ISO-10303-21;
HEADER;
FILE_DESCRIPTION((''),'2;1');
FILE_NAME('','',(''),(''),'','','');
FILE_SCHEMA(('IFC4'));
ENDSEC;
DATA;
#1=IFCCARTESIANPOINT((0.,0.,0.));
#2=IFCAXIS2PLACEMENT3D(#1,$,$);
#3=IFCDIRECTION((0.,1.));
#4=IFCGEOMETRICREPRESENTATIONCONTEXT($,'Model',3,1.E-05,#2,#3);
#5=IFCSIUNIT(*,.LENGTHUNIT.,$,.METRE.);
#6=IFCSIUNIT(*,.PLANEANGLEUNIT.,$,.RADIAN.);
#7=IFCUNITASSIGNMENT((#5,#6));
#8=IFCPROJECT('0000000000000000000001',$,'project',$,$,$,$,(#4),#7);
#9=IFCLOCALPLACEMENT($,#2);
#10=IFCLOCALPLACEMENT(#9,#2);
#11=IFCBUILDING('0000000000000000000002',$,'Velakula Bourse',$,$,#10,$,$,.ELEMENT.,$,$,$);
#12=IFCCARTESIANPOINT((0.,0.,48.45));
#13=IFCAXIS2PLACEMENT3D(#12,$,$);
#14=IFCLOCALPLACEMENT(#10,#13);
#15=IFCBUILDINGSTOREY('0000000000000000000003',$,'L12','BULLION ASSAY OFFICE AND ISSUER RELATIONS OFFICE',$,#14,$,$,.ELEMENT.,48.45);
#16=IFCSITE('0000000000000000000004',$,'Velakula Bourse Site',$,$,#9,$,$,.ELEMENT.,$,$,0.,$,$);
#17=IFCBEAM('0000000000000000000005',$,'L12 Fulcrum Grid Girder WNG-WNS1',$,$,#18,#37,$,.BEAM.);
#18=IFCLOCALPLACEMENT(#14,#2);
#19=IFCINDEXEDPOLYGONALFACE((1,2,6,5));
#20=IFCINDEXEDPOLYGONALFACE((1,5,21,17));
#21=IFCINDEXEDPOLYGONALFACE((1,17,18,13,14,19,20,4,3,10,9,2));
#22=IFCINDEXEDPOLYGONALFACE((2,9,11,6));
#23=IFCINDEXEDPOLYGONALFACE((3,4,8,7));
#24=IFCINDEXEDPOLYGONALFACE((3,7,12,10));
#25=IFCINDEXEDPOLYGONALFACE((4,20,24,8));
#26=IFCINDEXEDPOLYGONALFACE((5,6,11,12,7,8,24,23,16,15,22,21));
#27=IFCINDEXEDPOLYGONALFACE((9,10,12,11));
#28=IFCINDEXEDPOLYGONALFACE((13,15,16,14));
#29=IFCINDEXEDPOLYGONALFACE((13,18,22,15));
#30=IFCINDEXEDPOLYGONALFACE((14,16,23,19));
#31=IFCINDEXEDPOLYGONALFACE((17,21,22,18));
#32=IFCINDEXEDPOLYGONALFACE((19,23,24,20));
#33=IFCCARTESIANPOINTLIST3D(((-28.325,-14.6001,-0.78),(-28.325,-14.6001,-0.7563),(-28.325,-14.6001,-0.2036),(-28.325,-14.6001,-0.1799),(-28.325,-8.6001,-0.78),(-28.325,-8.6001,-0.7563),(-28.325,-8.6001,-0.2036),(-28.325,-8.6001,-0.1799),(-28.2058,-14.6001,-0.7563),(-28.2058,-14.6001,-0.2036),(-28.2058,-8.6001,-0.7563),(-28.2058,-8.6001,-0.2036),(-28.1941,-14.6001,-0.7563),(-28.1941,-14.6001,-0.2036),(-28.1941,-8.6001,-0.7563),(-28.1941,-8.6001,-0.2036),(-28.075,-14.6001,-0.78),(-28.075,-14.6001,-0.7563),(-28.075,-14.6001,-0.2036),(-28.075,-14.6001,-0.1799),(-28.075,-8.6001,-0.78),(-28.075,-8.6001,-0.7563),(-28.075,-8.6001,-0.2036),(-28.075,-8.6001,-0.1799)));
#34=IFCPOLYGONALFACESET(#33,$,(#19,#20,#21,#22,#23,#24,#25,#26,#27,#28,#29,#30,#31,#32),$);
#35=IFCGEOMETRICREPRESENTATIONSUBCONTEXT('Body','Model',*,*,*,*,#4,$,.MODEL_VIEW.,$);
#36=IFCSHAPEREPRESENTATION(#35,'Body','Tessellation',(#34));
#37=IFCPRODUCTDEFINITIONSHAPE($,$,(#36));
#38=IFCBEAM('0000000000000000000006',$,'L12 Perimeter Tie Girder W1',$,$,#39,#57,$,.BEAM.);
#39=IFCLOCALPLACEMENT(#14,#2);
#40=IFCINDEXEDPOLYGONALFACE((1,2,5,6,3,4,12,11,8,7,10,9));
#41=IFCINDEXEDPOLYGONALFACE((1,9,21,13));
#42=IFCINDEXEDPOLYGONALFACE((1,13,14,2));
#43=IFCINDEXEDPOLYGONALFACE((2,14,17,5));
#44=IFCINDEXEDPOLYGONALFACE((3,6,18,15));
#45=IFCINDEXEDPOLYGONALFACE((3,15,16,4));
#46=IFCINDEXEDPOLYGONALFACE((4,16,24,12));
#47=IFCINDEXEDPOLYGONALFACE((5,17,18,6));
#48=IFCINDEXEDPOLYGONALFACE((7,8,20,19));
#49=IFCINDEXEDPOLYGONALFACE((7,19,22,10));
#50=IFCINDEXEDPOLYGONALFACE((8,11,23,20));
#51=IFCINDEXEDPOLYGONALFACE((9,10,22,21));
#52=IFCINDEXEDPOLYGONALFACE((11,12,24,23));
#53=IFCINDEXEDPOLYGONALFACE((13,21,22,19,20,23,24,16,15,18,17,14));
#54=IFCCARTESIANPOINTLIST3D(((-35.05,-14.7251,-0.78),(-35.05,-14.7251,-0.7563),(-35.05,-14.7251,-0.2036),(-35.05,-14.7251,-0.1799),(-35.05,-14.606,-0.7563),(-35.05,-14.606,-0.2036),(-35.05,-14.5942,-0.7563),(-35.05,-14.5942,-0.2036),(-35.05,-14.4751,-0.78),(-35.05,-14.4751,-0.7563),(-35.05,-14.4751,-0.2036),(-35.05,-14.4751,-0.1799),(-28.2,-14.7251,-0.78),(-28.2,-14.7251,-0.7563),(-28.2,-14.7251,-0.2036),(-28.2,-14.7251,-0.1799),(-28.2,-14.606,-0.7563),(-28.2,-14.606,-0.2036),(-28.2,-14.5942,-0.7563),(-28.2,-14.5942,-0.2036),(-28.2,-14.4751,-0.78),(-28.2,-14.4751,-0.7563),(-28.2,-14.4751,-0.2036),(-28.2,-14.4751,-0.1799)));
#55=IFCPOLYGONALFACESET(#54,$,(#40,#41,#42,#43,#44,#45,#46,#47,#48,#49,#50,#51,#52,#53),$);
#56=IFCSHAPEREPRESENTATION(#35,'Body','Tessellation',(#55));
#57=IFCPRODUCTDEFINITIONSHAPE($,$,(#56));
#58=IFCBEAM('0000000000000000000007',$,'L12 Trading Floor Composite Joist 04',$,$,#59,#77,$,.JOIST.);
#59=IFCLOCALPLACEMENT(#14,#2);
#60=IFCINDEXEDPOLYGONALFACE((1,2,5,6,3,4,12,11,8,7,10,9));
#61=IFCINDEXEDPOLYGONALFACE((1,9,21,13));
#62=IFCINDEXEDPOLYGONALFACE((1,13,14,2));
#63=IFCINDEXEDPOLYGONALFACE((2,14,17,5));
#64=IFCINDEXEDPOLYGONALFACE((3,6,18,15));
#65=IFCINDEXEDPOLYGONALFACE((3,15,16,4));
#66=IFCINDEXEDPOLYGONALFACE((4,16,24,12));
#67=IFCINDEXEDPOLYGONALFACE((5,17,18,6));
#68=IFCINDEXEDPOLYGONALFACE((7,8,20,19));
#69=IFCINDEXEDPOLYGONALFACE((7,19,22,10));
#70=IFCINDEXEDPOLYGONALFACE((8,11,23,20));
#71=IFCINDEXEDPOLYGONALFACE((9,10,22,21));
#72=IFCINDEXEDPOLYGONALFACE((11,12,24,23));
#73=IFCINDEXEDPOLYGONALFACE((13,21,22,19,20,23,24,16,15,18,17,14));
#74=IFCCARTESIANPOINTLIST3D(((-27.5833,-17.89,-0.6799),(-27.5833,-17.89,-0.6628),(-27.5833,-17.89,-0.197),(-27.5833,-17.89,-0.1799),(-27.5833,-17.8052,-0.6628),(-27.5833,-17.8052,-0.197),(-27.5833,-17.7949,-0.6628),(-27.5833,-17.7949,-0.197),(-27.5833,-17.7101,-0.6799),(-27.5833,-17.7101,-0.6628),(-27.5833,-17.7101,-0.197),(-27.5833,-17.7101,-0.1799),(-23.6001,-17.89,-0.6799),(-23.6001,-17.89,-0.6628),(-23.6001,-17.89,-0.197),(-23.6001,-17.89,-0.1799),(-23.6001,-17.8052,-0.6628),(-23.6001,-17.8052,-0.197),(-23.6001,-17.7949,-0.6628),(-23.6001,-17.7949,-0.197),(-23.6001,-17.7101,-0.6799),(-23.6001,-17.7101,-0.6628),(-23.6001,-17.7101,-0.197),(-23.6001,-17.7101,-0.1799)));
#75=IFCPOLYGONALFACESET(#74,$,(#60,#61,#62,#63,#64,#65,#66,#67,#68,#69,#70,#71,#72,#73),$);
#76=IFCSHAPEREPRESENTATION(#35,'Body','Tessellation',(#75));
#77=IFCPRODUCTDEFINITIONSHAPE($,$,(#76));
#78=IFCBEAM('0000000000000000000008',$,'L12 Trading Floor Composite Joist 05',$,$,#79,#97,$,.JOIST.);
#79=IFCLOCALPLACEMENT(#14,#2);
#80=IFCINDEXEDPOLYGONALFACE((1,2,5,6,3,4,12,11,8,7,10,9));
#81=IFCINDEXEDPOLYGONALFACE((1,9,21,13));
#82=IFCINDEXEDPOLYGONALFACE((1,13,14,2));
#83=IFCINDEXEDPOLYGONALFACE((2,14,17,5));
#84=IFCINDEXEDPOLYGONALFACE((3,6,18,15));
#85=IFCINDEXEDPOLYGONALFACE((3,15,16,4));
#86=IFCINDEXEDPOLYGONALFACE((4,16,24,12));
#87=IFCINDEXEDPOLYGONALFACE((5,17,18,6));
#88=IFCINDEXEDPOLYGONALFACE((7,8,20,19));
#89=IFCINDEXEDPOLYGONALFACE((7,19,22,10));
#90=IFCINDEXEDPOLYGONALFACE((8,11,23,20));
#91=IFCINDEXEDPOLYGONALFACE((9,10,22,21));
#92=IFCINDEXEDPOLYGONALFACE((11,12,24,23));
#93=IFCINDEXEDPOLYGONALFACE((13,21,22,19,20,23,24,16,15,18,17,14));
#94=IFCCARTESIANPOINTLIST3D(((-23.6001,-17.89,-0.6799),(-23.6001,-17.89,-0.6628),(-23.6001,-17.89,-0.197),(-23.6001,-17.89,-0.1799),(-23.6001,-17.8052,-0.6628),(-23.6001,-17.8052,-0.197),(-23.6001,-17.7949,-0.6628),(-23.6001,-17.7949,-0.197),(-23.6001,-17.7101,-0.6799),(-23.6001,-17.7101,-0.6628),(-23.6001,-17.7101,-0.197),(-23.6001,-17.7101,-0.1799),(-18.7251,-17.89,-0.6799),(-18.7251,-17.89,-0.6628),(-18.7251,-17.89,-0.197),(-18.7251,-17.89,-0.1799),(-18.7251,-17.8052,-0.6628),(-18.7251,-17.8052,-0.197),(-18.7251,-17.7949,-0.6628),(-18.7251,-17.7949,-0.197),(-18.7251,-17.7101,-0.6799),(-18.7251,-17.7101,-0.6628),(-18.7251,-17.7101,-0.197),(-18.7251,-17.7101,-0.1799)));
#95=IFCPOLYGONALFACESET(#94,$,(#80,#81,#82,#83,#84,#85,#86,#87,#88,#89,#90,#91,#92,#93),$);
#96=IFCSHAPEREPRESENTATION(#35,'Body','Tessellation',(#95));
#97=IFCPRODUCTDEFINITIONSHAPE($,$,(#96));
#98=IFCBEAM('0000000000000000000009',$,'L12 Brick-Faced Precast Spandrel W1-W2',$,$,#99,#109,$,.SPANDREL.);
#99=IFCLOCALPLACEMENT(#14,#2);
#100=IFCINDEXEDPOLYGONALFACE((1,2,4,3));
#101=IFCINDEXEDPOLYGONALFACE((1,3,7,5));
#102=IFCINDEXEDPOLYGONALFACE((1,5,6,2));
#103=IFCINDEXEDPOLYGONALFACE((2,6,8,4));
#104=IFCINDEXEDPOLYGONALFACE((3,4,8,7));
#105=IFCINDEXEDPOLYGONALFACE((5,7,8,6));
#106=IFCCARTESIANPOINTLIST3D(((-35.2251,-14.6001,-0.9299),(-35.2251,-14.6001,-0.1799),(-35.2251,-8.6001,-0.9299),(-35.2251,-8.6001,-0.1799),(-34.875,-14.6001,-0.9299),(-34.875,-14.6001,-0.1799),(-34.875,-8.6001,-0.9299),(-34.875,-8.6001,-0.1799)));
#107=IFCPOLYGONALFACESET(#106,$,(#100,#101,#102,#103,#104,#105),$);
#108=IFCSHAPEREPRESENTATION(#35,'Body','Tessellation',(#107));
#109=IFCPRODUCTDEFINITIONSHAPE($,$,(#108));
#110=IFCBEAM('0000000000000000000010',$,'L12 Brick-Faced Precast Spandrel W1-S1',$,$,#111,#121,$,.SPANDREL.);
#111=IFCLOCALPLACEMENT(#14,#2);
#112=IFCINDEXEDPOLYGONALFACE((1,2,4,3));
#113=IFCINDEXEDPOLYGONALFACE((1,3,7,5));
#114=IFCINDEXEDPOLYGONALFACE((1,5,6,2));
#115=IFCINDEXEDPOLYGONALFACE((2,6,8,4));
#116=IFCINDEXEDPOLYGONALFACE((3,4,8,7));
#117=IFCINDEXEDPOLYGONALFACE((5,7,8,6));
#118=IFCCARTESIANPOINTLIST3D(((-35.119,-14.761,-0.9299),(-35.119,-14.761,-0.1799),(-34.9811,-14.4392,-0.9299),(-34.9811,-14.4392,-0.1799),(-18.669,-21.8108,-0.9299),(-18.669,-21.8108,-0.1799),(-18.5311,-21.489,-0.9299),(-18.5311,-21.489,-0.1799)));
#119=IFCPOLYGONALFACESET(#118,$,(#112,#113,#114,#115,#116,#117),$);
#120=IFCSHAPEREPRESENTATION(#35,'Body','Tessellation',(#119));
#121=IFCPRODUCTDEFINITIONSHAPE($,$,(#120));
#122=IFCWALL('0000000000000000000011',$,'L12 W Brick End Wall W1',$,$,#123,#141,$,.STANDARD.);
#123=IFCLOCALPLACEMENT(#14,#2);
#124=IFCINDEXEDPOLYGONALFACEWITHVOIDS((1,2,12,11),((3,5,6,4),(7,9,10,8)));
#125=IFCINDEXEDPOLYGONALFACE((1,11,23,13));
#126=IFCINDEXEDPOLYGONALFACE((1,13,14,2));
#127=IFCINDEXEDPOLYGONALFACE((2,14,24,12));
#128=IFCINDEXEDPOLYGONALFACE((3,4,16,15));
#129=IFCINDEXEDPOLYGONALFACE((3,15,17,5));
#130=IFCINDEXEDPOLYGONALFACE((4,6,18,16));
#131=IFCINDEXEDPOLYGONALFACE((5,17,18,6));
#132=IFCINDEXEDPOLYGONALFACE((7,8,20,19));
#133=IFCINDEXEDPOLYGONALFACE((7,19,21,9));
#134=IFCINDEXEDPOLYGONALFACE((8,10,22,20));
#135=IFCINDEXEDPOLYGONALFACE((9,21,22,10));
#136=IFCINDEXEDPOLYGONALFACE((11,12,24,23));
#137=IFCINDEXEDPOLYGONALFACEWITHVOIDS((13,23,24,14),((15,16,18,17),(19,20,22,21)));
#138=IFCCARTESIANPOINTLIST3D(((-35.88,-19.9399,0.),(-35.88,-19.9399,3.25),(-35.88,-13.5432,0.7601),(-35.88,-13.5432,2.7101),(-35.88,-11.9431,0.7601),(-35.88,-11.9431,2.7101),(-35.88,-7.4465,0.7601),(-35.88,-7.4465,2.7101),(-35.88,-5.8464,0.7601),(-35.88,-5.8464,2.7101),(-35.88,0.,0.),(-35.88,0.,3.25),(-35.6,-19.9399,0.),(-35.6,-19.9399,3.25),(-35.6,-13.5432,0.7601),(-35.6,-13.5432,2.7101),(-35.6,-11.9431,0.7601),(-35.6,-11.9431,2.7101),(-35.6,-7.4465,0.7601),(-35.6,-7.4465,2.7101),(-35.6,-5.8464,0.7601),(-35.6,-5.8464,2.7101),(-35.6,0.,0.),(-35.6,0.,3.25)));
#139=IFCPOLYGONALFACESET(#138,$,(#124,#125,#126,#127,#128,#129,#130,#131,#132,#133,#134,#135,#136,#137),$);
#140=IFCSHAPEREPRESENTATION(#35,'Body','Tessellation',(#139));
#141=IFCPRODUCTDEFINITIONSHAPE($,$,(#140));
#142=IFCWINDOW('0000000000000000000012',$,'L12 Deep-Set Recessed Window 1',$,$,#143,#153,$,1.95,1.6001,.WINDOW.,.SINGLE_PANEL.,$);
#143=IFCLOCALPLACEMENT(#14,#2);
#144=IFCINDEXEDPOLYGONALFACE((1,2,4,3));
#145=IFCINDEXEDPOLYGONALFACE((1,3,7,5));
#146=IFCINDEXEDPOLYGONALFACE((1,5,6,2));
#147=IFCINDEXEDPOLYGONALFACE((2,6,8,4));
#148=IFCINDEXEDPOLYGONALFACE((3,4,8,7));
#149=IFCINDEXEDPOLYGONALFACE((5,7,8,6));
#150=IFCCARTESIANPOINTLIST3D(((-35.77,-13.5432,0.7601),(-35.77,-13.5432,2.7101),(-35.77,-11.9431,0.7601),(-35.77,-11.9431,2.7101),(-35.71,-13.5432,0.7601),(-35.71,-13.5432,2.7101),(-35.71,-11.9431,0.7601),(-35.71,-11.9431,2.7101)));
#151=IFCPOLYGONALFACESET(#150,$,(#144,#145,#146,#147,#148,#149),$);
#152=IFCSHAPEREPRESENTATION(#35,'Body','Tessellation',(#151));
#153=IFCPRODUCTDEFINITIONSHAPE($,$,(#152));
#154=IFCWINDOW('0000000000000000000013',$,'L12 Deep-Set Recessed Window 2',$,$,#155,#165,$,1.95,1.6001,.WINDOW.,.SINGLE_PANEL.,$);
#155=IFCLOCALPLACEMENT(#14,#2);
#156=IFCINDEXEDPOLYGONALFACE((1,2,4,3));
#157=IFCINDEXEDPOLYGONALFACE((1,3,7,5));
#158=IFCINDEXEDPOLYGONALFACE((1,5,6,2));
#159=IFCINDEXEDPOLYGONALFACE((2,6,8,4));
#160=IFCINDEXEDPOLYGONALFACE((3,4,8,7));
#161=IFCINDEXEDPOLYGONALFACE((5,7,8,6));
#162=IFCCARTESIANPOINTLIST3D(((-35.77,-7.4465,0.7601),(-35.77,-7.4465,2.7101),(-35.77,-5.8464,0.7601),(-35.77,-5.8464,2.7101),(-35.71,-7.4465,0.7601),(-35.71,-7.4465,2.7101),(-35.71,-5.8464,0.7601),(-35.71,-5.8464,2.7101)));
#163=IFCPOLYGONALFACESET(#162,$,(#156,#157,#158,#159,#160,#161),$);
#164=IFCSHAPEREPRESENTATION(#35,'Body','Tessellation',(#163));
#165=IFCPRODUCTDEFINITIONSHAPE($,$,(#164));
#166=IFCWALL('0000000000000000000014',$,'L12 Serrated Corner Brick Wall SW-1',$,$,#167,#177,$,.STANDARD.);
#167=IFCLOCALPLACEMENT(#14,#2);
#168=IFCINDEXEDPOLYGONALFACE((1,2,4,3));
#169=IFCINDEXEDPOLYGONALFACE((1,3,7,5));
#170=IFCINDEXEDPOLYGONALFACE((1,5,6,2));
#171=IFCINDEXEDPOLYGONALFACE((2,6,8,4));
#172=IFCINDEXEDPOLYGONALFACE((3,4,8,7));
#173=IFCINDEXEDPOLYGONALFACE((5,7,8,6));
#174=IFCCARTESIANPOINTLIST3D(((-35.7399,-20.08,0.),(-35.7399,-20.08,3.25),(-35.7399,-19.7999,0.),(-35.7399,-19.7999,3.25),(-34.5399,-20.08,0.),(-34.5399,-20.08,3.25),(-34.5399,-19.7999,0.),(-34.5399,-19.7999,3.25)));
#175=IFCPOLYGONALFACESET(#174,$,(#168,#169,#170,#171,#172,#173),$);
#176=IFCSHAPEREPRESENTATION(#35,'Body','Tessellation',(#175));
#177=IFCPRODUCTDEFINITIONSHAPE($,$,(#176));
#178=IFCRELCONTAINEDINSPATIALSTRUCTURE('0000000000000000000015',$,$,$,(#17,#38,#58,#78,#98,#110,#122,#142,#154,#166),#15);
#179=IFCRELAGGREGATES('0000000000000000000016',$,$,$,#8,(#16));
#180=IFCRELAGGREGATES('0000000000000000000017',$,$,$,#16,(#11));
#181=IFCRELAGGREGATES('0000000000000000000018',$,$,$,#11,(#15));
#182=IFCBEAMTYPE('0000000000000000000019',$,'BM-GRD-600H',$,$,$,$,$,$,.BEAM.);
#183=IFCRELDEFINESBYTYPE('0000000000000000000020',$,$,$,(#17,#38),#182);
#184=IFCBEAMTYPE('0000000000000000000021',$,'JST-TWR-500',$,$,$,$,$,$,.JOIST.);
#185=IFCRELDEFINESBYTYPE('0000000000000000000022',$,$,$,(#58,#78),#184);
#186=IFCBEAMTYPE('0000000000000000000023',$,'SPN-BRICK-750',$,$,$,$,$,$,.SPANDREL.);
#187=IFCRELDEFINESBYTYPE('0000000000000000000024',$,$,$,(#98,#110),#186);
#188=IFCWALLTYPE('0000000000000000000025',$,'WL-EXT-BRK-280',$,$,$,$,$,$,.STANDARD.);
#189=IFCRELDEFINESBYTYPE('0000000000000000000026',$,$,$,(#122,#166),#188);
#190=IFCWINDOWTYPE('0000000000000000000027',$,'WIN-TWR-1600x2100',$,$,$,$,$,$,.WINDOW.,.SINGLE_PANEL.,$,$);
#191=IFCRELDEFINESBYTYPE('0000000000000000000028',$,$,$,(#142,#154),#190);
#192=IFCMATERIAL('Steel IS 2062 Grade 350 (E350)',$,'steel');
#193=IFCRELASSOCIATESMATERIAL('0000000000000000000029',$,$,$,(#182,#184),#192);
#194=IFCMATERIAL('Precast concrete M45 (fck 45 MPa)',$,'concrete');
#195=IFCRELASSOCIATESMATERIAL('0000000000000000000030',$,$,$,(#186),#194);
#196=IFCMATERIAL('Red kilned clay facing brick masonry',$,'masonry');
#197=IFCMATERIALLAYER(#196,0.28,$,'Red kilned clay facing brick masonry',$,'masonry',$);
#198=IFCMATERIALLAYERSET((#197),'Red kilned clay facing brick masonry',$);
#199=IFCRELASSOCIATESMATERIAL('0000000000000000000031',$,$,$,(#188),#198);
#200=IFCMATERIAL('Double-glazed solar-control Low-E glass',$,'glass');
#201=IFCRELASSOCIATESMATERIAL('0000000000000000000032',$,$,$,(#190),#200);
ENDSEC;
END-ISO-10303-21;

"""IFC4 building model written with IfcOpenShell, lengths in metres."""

from ifc_helpers import new_model, si_unit, direction, frame, frame_2d, origin, origin_2d, place, context, subcontext, project, spatial, rectangle, i_section, extrude, material, layer, layer_set, material_profile, profile_set, type_object, element, fill, save


model = new_model("IFC4")

# Units and contexts
model_context = context("Model", 3, precision=1e-05, world=origin(), true_north=direction((0.0, 1.0)))
body_context = subcontext(model_context, "Body", "Model", "MODEL_VIEW")
ifc_project = project(units=[si_unit("LENGTHUNIT", "METRE"), si_unit("PLANEANGLEUNIT", "RADIAN")], contexts=[model_context])

# Site, building, storey
site_placement = place(None, origin())
site = spatial("IfcSite", under=ifc_project, at=site_placement, Name="Velakula Bourse Site", CompositionType="ELEMENT", RefElevation=0.0)
building_placement = place(site_placement, origin())
building = spatial("IfcBuilding", under=site, at=building_placement, Name="Velakula Bourse", CompositionType="ELEMENT")
storey_placement = place(building_placement, frame((0.0, 0.0, 48.45)))
storey = spatial("IfcBuildingStorey", under=building, at=storey_placement, Name="L12", Description="BULLION ASSAY OFFICE AND ISSUER RELATIONS OFFICE", CompositionType="ELEMENT", Elevation=48.45)

# Shared definitions
ifc_material_1 = material(Name="Precast concrete M45 (fck 45 MPa)", Category="concrete")

# Beams
ifc_material_2 = material(Name="Steel IS 2062 Grade 350 (E350)", Category="steel")
ifc_material_profile_1 = material_profile(ifc_material_2, i_section(OverallWidth=0.25, OverallDepth=0.6001, WebThickness=0.0117, FlangeThickness=0.0237, at=origin_2d()), Name="Steel IS 2062 Grade 350 (E350)")
ifc_profile_set_1 = profile_set([ifc_material_profile_1], Name="Steel IS 2062 Grade 350 (E350)")
beam_type_1 = type_object("IfcBeamType", Name="BM-GRD-600H", PredefinedType="BEAM", material=ifc_profile_set_1)
beam_1_placement = place(storey_placement, frame((-28.2, -14.6001, -0.48), z_axis=(0.0, 1.0, 0.0), x_axis=(-1.0, 0.0, 0.0)))
element("IfcBeam", 1, at=beam_1_placement, inside=storey, type_object=beam_type_1, Name="L12 Fulcrum Grid Girder WNG-WNS1", PredefinedType="BEAM", context=body_context, shape_type="SweptSolid", body=[
    extrude(i_section(OverallWidth=0.25, OverallDepth=0.6001, WebThickness=0.0117, FlangeThickness=0.0237, at=origin_2d()), origin(), (0.0, 0.0, 1.0), 6.0),
])
beam_2_placement = place(storey_placement, frame((-28.2, -14.6001, -0.48), z_axis=(-1.0, 0.0, 0.0), x_axis=(0.0, -1.0, 0.0)))
element("IfcBeam", 2, at=beam_2_placement, inside=storey, type_object=beam_type_1, Name="L12 Perimeter Tie Girder W1", PredefinedType="BEAM", context=body_context, shape_type="SweptSolid", body=[
    extrude(i_section(OverallWidth=0.25, OverallDepth=0.6001, WebThickness=0.0117, FlangeThickness=0.0237, at=origin_2d()), origin(), (0.0, 0.0, 1.0), 6.8501),
])
ifc_material_profile_2 = material_profile(ifc_material_2, i_section(OverallWidth=0.1799, OverallDepth=0.5, WebThickness=0.0103, FlangeThickness=0.0171, at=origin_2d()), Name="Steel IS 2062 Grade 350 (E350)")
ifc_profile_set_2 = profile_set([ifc_material_profile_2], Name="Steel IS 2062 Grade 350 (E350)")
beam_type_2 = type_object("IfcBeamType", Name="JST-TWR-500", PredefinedType="JOIST", material=ifc_profile_set_2)
beam_3_placement = place(storey_placement, frame((-27.5833, -17.8, -0.4299), z_axis=(1.0, 0.0, 0.0), x_axis=(0.0, 1.0, 0.0)))
element("IfcBeam", 3, at=beam_3_placement, inside=storey, type_object=beam_type_2, Name="L12 Trading Floor Composite Joist 04", PredefinedType="JOIST", context=body_context, shape_type="SweptSolid", body=[
    extrude(i_section(OverallWidth=0.1799, OverallDepth=0.5, WebThickness=0.0103, FlangeThickness=0.0171, at=origin_2d()), origin(), (0.0, 0.0, 1.0), 3.9832),
])
beam_4_placement = place(storey_placement, frame((-23.6001, -17.8, -0.4299), z_axis=(1.0, 0.0, 0.0), x_axis=(0.0, 1.0, 0.0)))
element("IfcBeam", 4, at=beam_4_placement, inside=storey, type_object=beam_type_2, Name="L12 Trading Floor Composite Joist 05", PredefinedType="JOIST", context=body_context, shape_type="SweptSolid", body=[
    extrude(i_section(OverallWidth=0.1799, OverallDepth=0.5, WebThickness=0.0103, FlangeThickness=0.0171, at=origin_2d()), origin(), (0.0, 0.0, 1.0), 4.875),
])
ifc_material_profile_3 = material_profile(ifc_material_1, rectangle(XDim=0.3501, YDim=0.75, at=origin_2d()), Name="Precast concrete M45 (fck 45 MPa)")
ifc_profile_set_3 = profile_set([ifc_material_profile_3], Name="Precast concrete M45 (fck 45 MPa)")
beam_type_3 = type_object("IfcBeamType", Name="SPN-BRICK-750", PredefinedType="SPANDREL", material=ifc_profile_set_3)
beam_5_placement = place(storey_placement, frame((-35.05, -14.6001, -0.5549), z_axis=(0.0, 1.0, 0.0), x_axis=(-1.0, 0.0, 0.0)))
element("IfcBeam", 5, at=beam_5_placement, inside=storey, type_object=beam_type_3, Name="L12 Brick-Faced Precast Spandrel W1-W2", PredefinedType="SPANDREL", context=body_context, shape_type="SweptSolid", body=[
    extrude(rectangle(XDim=0.3501, YDim=0.75, at=origin_2d()), origin(), (0.0, 0.0, 1.0), 6.0),
])
beam_6_placement = place(storey_placement, frame((-35.05, -14.6001, -0.5549), z_axis=(0.919149, -0.393911, 0.0), x_axis=(0.393911, 0.919149, 0.0)))
element("IfcBeam", 6, at=beam_6_placement, inside=storey, type_object=beam_type_3, Name="L12 Brick-Faced Precast Spandrel W1-S1", PredefinedType="SPANDREL", context=body_context, shape_type="SweptSolid", body=[
    extrude(rectangle(XDim=0.3501, YDim=0.75, at=origin_2d()), origin(), (0.0, 0.0, 1.0), 17.897),
])

# Wall, openings, windows
ifc_material_3 = material(Name="Red kilned clay facing brick masonry", Category="masonry")
ifc_layer_1 = layer(ifc_material_3, 0.28, Name="Red kilned clay facing brick masonry", Category="masonry")
ifc_layer_set_1 = layer_set([ifc_layer_1], Name="Red kilned clay facing brick masonry")
wall_type_1 = type_object("IfcWallType", Name="WL-EXT-BRK-280", PredefinedType="STANDARD", material=ifc_layer_set_1)
wall_1_placement = place(storey_placement, frame((-35.74, -19.9399, 0.0), z_axis=(0.0, 0.0, 1.0), x_axis=(0.0, 1.0, 0.0)))
wall_1 = element("IfcWall", 7, at=wall_1_placement, inside=storey, type_object=wall_type_1, Name="L12 W Brick End Wall W1", PredefinedType="STANDARD", context=body_context, shape_type="SweptSolid", body=[
    extrude(rectangle(XDim=19.9399, YDim=0.28, at=frame_2d((9.97, 0.0))), origin(), (0.0, 0.0, 1.0), 3.25),
])
opening_1_placement = place(wall_1_placement, frame((6.3967, 0.0, 0.76)))
opening_1 = element("IfcOpeningElement", 8, at=opening_1_placement, cuts=wall_1, PredefinedType="OPENING", context=body_context, shape_type="SweptSolid", body=[
    extrude(rectangle(XDim=1.6001, YDim=1.95, at=frame_2d((0.8, 0.9751))), frame((0.0, 0.1499, 0.0), z_axis=(0.0, -1.0, 0.0), x_axis=(1.0, 0.0, 0.0)), (0.0, 0.0, 1.0), 0.3),
])
opening_2_placement = place(wall_1_placement, frame((12.4934, 0.0, 0.76)))
opening_2 = element("IfcOpeningElement", 9, at=opening_2_placement, cuts=wall_1, PredefinedType="OPENING", context=body_context, shape_type="SweptSolid", body=[
    extrude(rectangle(XDim=1.6001, YDim=1.95, at=frame_2d((0.8, 0.9751))), frame((0.0, 0.1499, 0.0), z_axis=(0.0, -1.0, 0.0), x_axis=(1.0, 0.0, 0.0)), (0.0, 0.0, 1.0), 0.3),
])
ifc_material_4 = material(Name="Double-glazed solar-control Low-E glass", Category="glass")
window_type = type_object("IfcWindowType", Name="WIN-TWR-1600x2100", PartitioningType="SINGLE_PANEL", PredefinedType="WINDOW", material=ifc_material_4)
window_1_placement = place(opening_1_placement, origin())
window_1 = element("IfcWindow", 10, at=window_1_placement, inside=storey, type_object=window_type, Name="L12 Deep-Set Recessed Window 1", OverallHeight=1.95, OverallWidth=1.6001, PartitioningType="SINGLE_PANEL", PredefinedType="WINDOW", context=body_context, shape_type="SweptSolid", body=[
    extrude(rectangle(XDim=1.6001, YDim=1.95, at=frame_2d((0.8, 0.9751))), frame((0.0, 0.03, 0.0), z_axis=(0.0, -1.0, 0.0), x_axis=(1.0, 0.0, 0.0)), (0.0, 0.0, 1.0), 0.0601),
])
fill(opening_1, window_1)
window_2_placement = place(opening_2_placement, origin())
window_2 = element("IfcWindow", 11, at=window_2_placement, inside=storey, type_object=window_type, Name="L12 Deep-Set Recessed Window 2", OverallHeight=1.95, OverallWidth=1.6001, PartitioningType="SINGLE_PANEL", PredefinedType="WINDOW", context=body_context, shape_type="SweptSolid", body=[
    extrude(rectangle(XDim=1.6001, YDim=1.95, at=frame_2d((0.8, 0.9751))), frame((0.0, 0.03, 0.0), z_axis=(0.0, -1.0, 0.0), x_axis=(1.0, 0.0, 0.0)), (0.0, 0.0, 1.0), 0.0601),
])
fill(opening_2, window_2)

# Wall
for number, where, z_axis, x_axis, name in (
    (12, (-35.74, -19.9399, 0.0), (0.0, 0.0, 1.0), (1.0, 0.0, 0.0), "L12 Serrated Corner Brick Wall SW-1"),
):
    element("IfcWall", number, at=place(storey_placement, frame(where, z_axis=z_axis, x_axis=x_axis)), inside=storey, type_object=wall_type_1, Name=name, PredefinedType="STANDARD", context=body_context, shape_type="SweptSolid", body=[
        extrude(rectangle(XDim=1.2, YDim=0.28, at=frame_2d((0.6001, 0.0))), origin(), (0.0, 0.0, 1.0), 3.25),
    ])

save(model, "model.ifc")
